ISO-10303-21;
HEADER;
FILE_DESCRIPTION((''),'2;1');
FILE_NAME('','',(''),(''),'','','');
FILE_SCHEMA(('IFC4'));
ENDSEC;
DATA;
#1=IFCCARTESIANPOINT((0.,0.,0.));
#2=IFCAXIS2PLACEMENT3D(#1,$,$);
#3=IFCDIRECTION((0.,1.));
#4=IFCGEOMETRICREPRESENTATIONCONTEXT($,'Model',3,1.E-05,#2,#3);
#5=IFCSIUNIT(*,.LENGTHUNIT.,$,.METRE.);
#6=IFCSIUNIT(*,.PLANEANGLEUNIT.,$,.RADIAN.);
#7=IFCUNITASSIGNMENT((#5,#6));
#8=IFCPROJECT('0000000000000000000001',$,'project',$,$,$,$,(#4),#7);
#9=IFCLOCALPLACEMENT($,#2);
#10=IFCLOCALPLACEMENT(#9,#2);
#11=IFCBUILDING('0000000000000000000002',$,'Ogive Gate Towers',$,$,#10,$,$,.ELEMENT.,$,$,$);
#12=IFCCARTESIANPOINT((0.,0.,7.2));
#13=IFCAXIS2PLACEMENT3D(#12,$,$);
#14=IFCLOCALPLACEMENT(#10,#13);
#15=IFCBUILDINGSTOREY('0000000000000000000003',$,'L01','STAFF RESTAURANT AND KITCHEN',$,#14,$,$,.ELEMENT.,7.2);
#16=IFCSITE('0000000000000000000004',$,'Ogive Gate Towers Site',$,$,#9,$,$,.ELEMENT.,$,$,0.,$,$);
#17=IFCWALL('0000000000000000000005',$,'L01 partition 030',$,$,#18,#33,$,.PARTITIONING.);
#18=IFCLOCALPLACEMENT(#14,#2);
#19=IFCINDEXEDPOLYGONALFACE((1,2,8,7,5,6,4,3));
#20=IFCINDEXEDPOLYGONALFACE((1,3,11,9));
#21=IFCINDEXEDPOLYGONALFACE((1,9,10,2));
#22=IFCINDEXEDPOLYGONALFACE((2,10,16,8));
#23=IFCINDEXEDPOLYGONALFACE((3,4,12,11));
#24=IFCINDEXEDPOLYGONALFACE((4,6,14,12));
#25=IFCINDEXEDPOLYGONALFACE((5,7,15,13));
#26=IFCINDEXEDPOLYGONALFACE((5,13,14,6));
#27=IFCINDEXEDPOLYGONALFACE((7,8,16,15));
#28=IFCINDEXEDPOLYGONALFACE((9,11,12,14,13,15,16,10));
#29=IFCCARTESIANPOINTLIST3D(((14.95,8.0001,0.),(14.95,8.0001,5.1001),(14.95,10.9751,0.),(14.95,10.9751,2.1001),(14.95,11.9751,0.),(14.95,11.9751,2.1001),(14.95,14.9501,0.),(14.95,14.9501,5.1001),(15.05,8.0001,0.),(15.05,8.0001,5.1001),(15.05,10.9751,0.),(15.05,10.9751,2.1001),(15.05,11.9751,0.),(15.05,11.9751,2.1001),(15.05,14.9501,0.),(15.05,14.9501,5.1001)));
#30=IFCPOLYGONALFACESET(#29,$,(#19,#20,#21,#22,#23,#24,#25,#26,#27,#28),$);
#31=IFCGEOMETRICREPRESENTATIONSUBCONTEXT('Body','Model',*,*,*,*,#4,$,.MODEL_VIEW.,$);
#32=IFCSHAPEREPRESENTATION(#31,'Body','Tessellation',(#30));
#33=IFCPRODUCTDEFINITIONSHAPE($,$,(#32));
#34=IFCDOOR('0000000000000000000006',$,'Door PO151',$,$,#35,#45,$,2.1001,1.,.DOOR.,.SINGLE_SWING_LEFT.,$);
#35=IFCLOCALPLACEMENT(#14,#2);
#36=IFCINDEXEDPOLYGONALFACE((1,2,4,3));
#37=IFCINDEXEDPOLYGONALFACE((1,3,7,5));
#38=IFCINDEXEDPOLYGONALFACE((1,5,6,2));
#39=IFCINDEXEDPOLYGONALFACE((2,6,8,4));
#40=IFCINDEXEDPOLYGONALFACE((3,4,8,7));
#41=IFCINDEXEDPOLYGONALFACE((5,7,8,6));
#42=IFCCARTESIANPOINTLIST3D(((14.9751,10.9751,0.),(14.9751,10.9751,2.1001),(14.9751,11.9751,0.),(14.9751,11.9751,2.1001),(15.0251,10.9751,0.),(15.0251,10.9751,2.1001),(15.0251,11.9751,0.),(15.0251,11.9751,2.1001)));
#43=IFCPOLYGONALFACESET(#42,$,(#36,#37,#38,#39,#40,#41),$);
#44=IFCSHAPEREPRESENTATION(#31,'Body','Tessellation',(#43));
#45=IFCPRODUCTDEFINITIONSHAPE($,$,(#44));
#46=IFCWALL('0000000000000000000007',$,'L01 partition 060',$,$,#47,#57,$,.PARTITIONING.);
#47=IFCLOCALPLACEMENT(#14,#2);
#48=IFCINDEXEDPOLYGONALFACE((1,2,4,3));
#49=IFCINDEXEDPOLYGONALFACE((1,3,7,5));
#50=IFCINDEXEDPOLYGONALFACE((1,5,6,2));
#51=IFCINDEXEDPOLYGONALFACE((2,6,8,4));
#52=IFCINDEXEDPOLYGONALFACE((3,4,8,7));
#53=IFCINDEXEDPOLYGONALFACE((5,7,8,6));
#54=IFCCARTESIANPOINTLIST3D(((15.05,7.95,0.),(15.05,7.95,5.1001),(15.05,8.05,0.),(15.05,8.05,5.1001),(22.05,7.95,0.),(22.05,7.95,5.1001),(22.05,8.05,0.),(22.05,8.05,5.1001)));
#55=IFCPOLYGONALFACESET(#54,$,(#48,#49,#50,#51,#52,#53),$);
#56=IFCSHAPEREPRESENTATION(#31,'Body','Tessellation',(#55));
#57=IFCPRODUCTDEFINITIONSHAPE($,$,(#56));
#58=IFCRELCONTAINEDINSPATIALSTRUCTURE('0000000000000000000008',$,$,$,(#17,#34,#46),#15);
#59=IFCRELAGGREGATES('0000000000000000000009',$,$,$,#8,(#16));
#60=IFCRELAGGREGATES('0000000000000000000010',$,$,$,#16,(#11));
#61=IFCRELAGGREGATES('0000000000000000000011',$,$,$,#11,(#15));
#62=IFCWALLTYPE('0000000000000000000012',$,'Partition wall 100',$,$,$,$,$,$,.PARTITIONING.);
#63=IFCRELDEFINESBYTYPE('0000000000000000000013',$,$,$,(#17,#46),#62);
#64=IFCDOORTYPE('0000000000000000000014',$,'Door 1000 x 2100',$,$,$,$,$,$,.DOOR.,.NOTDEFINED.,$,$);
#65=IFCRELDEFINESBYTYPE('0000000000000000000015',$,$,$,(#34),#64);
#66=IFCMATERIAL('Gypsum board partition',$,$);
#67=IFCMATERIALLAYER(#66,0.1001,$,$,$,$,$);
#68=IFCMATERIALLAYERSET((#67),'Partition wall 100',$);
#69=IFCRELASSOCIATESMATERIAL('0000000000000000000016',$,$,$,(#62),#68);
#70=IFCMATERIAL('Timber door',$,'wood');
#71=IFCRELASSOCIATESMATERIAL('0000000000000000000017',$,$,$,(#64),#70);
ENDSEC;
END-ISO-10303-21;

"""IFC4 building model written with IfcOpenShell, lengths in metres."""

from ifc_helpers import new_model, si_unit, direction, frame, frame_2d, origin, place, context, subcontext, project, spatial, rectangle, extrude, material, layer, layer_set, type_object, element, fill, save


model = new_model("IFC4")

# Units and contexts
model_context = context("Model", 3, precision=1e-05, world=origin(), true_north=direction((0.0, 1.0)))
body_context = subcontext(model_context, "Body", "Model", "MODEL_VIEW")
ifc_project = project(units=[si_unit("LENGTHUNIT", "METRE"), si_unit("PLANEANGLEUNIT", "RADIAN")], contexts=[model_context])

# Site, building, storey
site_placement = place(None, origin())
site = spatial("IfcSite", under=ifc_project, at=site_placement, Name="Ogive Gate Towers Site", CompositionType="ELEMENT", RefElevation=0.0)
building_placement = place(site_placement, origin())
building = spatial("IfcBuilding", under=site, at=building_placement, Name="Ogive Gate Towers", CompositionType="ELEMENT")
storey_placement = place(building_placement, frame((0.0, 0.0, 7.2)))
storey = spatial("IfcBuildingStorey", under=building, at=storey_placement, Name="L01", Description="STAFF RESTAURANT AND KITCHEN", CompositionType="ELEMENT", Elevation=7.2)

# Shared definitions
ifc_material_1 = material(Name="Gypsum board partition")
ifc_layer_1 = layer(ifc_material_1, 0.1001)
ifc_layer_set_1 = layer_set([ifc_layer_1], Name="Partition wall 100")
wall_type = type_object("IfcWallType", Name="Partition wall 100", PredefinedType="PARTITIONING", material=ifc_layer_set_1)

# Wall, opening, door
wall_1_placement = place(storey_placement, frame((15.0, 8.0, 0.0), z_axis=(0.0, 0.0, 1.0), x_axis=(0.0, 1.0, 0.0)))
wall_1 = element("IfcWall", 1, at=wall_1_placement, inside=storey, type_object=wall_type, Name="L01 partition 030", PredefinedType="PARTITIONING", context=body_context, shape_type="SweptSolid", body=[
    extrude(rectangle(XDim=6.95, YDim=0.1001, at=frame_2d((3.4751, 0.0))), origin(), (0.0, 0.0, 1.0), 5.1001),
])
opening_placement = place(wall_1_placement, frame((2.9751, 0.0, 0.0)))
opening = element("IfcOpeningElement", 2, at=opening_placement, cuts=wall_1, PredefinedType="OPENING", context=body_context, shape_type="SweptSolid", body=[
    extrude(rectangle(XDim=1.0, YDim=2.1001, at=frame_2d((0.5, 1.05))), frame((0.0, 0.0601, 0.0), z_axis=(0.0, -1.0, 0.0), x_axis=(1.0, 0.0, 0.0)), (0.0, 0.0, 1.0), 0.1201),
])
ifc_material_2 = material(Name="Timber door", Category="wood")
door_type = type_object("IfcDoorType", Name="Door 1000 x 2100", OperationType="NOTDEFINED", PredefinedType="DOOR", material=ifc_material_2)
door_placement = place(opening_placement, origin())
door = element("IfcDoor", 3, at=door_placement, inside=storey, type_object=door_type, Name="Door PO151", OperationType="SINGLE_SWING_LEFT", OverallHeight=2.1001, OverallWidth=1.0, PredefinedType="DOOR", context=body_context, shape_type="SweptSolid", body=[
    extrude(rectangle(XDim=1.0, YDim=2.1001, at=frame_2d((0.5, 1.05))), frame((0.0, 0.0249, 0.0), z_axis=(0.0, -1.0, 0.0), x_axis=(1.0, 0.0, 0.0)), (0.0, 0.0, 1.0), 0.05),
])
fill(opening, door)

# Wall
wall_2_placement = place(storey_placement, frame((15.05, 8.0, 0.0), z_axis=(0.0, 0.0, 1.0), x_axis=(1.0, 0.0, 0.0)))
element("IfcWall", 4, at=wall_2_placement, inside=storey, type_object=wall_type, Name="L01 partition 060", PredefinedType="PARTITIONING", context=body_context, shape_type="SweptSolid", body=[
    extrude(rectangle(XDim=7.0, YDim=0.1001, at=frame_2d((3.5, 0.0))), origin(), (0.0, 0.0, 1.0), 5.1001),
])

save(model, "model.ifc")
